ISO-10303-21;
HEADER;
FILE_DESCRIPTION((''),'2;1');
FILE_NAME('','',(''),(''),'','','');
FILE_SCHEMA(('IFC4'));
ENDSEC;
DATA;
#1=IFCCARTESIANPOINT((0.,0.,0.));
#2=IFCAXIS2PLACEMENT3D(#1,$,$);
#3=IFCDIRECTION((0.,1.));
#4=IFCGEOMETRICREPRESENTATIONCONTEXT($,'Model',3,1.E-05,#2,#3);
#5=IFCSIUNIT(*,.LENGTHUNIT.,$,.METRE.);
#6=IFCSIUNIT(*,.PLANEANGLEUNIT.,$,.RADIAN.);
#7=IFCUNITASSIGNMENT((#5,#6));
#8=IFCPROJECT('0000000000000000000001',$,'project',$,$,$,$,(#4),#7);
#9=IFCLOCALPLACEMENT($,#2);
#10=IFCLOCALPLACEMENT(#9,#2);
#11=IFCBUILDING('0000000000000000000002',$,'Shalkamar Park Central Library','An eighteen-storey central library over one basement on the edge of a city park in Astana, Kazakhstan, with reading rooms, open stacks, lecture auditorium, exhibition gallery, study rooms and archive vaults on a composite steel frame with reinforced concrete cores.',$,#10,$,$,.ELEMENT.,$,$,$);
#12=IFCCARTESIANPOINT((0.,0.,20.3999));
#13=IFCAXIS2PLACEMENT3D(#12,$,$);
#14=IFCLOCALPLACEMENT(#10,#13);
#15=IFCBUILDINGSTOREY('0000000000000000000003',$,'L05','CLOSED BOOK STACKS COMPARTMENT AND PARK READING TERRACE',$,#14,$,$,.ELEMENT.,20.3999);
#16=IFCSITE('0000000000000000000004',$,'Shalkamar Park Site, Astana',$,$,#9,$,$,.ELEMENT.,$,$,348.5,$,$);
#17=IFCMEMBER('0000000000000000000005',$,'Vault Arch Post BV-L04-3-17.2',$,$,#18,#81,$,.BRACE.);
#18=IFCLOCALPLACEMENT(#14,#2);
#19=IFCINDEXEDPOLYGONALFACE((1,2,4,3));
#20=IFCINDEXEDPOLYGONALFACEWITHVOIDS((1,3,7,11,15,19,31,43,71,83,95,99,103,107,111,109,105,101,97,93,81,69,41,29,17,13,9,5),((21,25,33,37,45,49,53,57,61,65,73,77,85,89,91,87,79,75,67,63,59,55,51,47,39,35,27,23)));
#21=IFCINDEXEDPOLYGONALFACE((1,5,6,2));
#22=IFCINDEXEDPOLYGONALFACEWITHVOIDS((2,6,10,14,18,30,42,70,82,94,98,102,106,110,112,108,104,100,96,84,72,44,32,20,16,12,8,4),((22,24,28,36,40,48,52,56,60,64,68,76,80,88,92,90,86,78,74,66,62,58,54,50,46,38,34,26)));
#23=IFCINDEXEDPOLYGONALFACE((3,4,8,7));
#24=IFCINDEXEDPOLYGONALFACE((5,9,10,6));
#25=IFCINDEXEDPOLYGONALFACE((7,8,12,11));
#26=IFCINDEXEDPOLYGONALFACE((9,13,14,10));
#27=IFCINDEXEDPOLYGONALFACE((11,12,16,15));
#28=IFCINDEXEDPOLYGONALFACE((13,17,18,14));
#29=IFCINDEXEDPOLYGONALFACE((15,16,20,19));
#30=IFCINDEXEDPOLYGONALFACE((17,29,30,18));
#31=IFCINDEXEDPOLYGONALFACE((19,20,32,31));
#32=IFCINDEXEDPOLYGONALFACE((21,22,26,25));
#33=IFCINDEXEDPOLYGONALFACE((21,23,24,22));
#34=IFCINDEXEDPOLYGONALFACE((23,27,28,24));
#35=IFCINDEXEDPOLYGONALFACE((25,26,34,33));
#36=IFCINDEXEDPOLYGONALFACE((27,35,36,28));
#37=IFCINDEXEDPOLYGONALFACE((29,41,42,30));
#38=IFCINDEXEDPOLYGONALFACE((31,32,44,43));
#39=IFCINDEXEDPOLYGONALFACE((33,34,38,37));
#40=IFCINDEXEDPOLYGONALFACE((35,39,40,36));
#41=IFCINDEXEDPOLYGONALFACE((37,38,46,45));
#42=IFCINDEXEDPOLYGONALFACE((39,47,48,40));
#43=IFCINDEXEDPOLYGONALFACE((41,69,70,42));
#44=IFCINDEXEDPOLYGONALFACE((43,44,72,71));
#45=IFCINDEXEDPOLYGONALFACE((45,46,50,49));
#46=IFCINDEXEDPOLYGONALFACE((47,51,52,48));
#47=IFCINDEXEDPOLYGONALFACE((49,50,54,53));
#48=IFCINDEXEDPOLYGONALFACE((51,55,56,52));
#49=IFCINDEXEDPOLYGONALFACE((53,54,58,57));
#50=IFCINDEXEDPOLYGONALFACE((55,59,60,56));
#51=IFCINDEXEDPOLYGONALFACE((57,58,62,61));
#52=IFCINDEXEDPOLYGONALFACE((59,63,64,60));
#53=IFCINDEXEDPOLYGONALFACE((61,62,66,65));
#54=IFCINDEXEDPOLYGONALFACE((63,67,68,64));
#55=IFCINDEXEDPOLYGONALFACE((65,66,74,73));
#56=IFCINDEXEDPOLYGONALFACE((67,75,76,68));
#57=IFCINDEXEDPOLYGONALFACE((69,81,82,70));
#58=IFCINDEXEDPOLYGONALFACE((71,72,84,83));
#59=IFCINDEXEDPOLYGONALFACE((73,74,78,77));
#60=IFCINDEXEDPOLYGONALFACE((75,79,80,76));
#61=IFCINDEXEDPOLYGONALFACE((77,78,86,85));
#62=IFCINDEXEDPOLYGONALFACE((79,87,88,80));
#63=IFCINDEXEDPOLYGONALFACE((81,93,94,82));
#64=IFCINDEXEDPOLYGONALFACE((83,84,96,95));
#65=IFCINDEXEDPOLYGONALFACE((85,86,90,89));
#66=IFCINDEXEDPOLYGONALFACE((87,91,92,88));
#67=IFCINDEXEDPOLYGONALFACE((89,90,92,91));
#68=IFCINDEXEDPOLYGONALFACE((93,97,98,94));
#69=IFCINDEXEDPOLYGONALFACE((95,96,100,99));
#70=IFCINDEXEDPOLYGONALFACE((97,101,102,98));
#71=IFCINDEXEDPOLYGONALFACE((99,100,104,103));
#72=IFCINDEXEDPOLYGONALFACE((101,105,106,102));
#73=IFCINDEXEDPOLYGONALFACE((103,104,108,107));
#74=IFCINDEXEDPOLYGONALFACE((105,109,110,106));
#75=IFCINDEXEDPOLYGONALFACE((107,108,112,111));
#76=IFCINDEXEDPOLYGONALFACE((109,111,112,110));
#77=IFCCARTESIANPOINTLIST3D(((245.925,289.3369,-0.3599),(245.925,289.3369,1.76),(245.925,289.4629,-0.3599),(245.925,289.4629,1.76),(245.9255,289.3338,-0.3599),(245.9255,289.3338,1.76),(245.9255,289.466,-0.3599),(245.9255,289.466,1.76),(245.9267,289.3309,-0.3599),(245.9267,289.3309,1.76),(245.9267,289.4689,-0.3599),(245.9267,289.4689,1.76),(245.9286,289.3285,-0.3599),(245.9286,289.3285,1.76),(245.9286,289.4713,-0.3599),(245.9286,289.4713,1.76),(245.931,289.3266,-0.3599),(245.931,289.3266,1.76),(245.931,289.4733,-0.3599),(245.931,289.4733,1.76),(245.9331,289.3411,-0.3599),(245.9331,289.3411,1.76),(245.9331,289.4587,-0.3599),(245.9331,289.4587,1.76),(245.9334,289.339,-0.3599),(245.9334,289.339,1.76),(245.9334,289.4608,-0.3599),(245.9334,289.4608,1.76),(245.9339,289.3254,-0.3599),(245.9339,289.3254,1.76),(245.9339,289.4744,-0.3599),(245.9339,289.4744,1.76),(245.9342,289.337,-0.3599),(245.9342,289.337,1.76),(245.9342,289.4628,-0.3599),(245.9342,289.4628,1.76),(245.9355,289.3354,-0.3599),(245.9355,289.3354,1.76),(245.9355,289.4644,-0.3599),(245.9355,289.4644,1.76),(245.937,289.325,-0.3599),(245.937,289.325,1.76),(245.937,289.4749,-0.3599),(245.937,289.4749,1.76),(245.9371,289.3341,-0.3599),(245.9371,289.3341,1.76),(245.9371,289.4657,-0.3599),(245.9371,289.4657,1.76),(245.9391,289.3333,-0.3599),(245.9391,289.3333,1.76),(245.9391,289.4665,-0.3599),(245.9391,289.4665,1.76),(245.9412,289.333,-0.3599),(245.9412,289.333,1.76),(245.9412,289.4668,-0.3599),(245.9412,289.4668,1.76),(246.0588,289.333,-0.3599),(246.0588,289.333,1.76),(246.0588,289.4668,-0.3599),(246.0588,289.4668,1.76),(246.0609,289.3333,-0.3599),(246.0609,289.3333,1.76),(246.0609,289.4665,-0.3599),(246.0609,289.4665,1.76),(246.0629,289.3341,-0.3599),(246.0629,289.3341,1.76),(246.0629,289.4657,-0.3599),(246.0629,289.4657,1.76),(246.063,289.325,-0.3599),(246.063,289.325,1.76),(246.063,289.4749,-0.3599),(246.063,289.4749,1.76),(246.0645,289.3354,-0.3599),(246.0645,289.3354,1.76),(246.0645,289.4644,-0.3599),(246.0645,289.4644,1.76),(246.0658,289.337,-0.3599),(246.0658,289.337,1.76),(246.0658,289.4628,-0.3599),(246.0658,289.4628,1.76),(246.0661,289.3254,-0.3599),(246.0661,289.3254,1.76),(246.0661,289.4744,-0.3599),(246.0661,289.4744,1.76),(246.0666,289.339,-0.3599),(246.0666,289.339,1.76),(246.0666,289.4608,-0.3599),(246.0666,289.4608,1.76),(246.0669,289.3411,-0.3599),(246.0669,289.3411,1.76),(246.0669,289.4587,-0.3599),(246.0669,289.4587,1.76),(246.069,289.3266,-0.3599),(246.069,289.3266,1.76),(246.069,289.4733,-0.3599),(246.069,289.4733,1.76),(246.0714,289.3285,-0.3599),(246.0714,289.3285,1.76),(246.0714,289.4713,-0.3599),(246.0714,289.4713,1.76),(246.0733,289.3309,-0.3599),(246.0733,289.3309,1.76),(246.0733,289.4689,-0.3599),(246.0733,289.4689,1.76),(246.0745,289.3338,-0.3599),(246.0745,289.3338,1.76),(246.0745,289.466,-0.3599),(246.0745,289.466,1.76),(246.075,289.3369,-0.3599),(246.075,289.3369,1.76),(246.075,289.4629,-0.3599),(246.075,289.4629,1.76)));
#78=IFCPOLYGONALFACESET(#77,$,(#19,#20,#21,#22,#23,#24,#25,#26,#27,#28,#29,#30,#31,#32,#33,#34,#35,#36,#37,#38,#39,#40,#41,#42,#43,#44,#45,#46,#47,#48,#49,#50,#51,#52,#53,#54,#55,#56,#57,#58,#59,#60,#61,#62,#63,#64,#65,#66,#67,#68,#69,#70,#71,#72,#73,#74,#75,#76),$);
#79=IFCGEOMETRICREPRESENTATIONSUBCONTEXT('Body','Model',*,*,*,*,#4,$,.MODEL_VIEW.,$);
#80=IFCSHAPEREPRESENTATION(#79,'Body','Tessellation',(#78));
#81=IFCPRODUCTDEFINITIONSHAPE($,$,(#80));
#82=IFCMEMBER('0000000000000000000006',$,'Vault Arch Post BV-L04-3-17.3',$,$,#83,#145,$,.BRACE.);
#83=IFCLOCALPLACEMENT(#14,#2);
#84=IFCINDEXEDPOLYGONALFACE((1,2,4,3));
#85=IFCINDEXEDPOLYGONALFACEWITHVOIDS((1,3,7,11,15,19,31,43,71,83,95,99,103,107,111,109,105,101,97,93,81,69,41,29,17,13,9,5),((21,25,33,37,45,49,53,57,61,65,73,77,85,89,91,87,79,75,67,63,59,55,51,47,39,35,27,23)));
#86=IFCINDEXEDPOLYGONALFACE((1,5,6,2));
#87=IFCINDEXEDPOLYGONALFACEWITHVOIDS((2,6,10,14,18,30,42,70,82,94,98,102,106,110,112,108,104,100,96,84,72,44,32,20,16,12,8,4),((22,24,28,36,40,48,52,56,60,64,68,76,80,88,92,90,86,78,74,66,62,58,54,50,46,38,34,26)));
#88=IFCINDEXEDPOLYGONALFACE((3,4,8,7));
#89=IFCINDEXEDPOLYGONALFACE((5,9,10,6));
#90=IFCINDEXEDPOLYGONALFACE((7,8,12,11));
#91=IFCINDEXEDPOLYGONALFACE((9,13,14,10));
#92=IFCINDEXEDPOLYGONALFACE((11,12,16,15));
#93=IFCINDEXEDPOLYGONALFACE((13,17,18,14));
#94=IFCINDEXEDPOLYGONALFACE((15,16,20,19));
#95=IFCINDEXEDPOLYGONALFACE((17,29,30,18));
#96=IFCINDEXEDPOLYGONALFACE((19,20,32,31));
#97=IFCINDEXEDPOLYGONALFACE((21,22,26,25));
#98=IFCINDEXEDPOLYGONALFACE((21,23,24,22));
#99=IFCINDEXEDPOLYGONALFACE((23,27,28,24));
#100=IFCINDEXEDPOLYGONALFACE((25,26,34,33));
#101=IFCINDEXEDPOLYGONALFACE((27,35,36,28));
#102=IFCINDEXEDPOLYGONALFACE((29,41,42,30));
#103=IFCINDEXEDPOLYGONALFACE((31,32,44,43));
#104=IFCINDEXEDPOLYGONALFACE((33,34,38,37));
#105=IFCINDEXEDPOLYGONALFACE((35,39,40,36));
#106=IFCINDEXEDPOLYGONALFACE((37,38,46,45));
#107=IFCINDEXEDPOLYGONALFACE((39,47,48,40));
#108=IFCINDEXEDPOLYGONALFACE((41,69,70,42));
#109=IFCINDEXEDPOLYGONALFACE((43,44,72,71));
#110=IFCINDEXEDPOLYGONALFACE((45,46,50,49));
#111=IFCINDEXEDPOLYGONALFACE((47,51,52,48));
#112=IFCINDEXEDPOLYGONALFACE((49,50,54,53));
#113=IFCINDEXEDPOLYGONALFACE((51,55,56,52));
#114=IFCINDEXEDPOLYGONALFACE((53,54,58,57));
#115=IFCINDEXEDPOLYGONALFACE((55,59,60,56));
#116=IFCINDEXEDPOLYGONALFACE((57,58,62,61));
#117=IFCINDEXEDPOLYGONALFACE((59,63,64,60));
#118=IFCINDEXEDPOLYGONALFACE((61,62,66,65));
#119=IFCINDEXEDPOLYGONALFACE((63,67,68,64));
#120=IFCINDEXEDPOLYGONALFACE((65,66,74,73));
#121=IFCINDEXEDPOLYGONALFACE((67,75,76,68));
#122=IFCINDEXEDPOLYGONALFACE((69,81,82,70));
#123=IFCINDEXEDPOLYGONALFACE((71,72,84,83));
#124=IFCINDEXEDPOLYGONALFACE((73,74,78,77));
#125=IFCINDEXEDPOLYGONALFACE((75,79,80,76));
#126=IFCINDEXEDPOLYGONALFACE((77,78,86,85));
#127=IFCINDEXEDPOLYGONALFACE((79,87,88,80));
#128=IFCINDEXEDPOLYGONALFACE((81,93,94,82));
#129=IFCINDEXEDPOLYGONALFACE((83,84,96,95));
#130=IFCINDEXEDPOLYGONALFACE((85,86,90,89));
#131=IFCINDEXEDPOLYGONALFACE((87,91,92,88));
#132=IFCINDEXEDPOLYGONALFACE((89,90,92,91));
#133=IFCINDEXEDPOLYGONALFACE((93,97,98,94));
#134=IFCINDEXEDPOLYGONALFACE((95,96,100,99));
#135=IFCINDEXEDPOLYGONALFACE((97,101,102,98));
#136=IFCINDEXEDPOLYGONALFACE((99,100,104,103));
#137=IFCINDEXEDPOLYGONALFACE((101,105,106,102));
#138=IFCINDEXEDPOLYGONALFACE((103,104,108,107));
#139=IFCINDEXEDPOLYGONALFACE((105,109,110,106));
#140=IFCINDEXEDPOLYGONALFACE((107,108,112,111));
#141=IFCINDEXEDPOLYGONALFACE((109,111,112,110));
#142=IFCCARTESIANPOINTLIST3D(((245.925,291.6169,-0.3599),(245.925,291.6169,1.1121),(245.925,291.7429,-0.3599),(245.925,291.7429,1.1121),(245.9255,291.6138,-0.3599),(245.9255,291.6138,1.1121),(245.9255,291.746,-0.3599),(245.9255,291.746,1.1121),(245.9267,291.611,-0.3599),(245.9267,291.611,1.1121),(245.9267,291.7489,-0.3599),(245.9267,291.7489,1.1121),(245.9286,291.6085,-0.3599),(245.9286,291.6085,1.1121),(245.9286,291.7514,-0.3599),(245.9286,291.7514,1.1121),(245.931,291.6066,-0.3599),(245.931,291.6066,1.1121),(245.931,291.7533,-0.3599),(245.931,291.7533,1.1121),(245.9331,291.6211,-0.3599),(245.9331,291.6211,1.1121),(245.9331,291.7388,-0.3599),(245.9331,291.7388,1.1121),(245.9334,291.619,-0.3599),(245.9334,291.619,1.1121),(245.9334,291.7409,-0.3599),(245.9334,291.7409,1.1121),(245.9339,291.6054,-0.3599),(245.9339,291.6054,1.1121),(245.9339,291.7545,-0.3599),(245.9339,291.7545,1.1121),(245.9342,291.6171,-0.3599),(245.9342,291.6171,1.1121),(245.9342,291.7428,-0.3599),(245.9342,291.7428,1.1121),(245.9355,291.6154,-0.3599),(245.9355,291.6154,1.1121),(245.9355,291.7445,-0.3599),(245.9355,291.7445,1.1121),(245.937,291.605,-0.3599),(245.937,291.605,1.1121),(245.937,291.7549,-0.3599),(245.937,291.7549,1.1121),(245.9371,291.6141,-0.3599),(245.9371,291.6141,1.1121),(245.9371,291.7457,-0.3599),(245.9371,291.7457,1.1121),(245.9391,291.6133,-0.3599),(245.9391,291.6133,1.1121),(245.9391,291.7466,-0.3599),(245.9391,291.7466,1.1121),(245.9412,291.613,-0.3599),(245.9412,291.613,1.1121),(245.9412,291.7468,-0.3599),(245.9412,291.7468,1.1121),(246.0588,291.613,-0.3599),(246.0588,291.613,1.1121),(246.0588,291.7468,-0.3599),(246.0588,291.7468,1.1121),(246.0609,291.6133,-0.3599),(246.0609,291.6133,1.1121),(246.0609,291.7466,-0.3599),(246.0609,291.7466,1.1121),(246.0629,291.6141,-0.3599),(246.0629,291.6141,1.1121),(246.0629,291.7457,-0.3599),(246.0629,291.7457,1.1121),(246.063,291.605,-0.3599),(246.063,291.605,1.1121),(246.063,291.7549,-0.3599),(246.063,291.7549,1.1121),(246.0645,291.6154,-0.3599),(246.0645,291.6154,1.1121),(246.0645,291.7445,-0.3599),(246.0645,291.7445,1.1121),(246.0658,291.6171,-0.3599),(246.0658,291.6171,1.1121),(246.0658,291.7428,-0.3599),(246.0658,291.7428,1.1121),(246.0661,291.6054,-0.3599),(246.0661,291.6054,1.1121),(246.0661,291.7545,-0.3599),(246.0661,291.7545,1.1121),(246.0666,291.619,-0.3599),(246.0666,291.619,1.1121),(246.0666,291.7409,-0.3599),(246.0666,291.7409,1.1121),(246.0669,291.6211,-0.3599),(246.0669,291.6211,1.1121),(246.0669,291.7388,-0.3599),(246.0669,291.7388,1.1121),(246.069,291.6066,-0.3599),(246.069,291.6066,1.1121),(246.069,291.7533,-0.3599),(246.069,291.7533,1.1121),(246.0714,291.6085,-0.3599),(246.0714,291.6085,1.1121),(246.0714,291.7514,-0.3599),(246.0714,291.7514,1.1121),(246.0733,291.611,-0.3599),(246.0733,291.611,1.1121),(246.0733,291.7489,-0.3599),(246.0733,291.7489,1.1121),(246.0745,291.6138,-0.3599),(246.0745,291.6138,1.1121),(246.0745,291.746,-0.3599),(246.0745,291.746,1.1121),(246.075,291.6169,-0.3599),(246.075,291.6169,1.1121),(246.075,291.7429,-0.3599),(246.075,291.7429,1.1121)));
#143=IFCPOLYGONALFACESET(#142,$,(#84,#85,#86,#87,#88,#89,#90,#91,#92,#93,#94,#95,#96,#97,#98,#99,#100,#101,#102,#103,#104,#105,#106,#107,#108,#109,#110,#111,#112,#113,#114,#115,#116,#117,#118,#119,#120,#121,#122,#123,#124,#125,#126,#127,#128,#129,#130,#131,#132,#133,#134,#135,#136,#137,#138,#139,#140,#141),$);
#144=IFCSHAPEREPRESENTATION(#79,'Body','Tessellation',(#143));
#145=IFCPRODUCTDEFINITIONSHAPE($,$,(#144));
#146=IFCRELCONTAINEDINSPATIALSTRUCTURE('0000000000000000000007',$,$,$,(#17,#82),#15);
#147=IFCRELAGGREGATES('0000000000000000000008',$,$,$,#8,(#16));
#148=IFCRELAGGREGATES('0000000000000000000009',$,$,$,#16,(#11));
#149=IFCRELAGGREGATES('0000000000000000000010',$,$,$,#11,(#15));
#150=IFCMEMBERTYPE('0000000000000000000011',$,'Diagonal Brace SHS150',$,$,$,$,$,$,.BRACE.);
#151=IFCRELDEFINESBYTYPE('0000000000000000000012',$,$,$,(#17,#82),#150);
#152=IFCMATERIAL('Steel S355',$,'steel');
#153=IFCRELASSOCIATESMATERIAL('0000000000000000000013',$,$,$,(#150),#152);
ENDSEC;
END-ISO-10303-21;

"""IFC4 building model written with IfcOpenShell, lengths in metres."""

from ifc_helpers import new_model, si_unit, direction, frame, origin, origin_2d, place, context, subcontext, project, spatial, hollow_rectangle, extrude, material, material_profile, profile_set, type_object, element, save


model = new_model("IFC4")

# Units and contexts
model_context = context("Model", 3, precision=1e-05, world=origin(), true_north=direction((0.0, 1.0)))
body_context = subcontext(model_context, "Body", "Model", "MODEL_VIEW")
ifc_project = project(units=[si_unit("LENGTHUNIT", "METRE"), si_unit("PLANEANGLEUNIT", "RADIAN")], contexts=[model_context])

# Site, building, storey
site_placement = place(None, origin())
site = spatial("IfcSite", under=ifc_project, at=site_placement, Name="Shalkamar Park Site, Astana", CompositionType="ELEMENT", RefElevation=348.5)
building_placement = place(site_placement, origin())
building = spatial("IfcBuilding", under=site, at=building_placement, Name="Shalkamar Park Central Library", Description="An eighteen-storey central library over one basement on the edge of a city park in Astana, Kazakhstan, with reading rooms, open stacks, lecture auditorium, exhibition gallery, study rooms and archive vaults on a composite steel frame with reinforced concrete cores.", CompositionType="ELEMENT")
storey_placement = place(building_placement, frame((0.0, 0.0, 20.3999)))
storey = spatial("IfcBuildingStorey", under=building, at=storey_placement, Name="L05", Description="CLOSED BOOK STACKS COMPARTMENT AND PARK READING TERRACE", CompositionType="ELEMENT", Elevation=20.3999)

# Members
ifc_material = material(Name="Steel S355", Category="steel")
ifc_material_profile_1 = material_profile(ifc_material, hollow_rectangle(XDim=0.1499, YDim=0.1499, WallThickness=0.0081, InnerFilletRadius=0.0081, OuterFilletRadius=0.012, at=origin_2d()), Name="SHS 150x150x8")
ifc_profile_set_1 = profile_set([ifc_material_profile_1], Name="Steel S355")
member_type_1 = type_object("IfcMemberType", Name="Diagonal Brace SHS150", PredefinedType="BRACE", material=ifc_profile_set_1)
member_1_placement = place(storey_placement, frame((246.0, 289.3999, -0.3599), z_axis=(0.0, 0.0, 1.0), x_axis=(1.0, 0.0, 0.0)))
element("IfcMember", 1, at=member_1_placement, inside=storey, type_object=member_type_1, Name="Vault Arch Post BV-L04-3-17.2", PredefinedType="BRACE", context=body_context, shape_type="SweptSolid", body=[
    extrude(hollow_rectangle(XDim=0.1499, YDim=0.1499, WallThickness=0.0081, InnerFilletRadius=0.0081, OuterFilletRadius=0.012, at=origin_2d()), origin(), (0.0, 0.0, 1.0), 2.1199),
])
for number, where, z_axis, x_axis, name in (
    (2, (246.0, 291.6799, -0.3599), (0.0, 0.0, 1.0), (1.0, 0.0, 0.0), "Vault Arch Post BV-L04-3-17.3"),
):
    element("IfcMember", number, at=place(storey_placement, frame(where, z_axis=z_axis, x_axis=x_axis)), inside=storey, type_object=member_type_1, Name=name, PredefinedType="BRACE", context=body_context, shape_type="SweptSolid", body=[
        extrude(hollow_rectangle(XDim=0.1499, YDim=0.1499, WallThickness=0.0081, InnerFilletRadius=0.0081, OuterFilletRadius=0.012, at=origin_2d()), origin(), (0.0, 0.0, 1.0), 1.4719),
    ])

save(model, "model.ifc")
